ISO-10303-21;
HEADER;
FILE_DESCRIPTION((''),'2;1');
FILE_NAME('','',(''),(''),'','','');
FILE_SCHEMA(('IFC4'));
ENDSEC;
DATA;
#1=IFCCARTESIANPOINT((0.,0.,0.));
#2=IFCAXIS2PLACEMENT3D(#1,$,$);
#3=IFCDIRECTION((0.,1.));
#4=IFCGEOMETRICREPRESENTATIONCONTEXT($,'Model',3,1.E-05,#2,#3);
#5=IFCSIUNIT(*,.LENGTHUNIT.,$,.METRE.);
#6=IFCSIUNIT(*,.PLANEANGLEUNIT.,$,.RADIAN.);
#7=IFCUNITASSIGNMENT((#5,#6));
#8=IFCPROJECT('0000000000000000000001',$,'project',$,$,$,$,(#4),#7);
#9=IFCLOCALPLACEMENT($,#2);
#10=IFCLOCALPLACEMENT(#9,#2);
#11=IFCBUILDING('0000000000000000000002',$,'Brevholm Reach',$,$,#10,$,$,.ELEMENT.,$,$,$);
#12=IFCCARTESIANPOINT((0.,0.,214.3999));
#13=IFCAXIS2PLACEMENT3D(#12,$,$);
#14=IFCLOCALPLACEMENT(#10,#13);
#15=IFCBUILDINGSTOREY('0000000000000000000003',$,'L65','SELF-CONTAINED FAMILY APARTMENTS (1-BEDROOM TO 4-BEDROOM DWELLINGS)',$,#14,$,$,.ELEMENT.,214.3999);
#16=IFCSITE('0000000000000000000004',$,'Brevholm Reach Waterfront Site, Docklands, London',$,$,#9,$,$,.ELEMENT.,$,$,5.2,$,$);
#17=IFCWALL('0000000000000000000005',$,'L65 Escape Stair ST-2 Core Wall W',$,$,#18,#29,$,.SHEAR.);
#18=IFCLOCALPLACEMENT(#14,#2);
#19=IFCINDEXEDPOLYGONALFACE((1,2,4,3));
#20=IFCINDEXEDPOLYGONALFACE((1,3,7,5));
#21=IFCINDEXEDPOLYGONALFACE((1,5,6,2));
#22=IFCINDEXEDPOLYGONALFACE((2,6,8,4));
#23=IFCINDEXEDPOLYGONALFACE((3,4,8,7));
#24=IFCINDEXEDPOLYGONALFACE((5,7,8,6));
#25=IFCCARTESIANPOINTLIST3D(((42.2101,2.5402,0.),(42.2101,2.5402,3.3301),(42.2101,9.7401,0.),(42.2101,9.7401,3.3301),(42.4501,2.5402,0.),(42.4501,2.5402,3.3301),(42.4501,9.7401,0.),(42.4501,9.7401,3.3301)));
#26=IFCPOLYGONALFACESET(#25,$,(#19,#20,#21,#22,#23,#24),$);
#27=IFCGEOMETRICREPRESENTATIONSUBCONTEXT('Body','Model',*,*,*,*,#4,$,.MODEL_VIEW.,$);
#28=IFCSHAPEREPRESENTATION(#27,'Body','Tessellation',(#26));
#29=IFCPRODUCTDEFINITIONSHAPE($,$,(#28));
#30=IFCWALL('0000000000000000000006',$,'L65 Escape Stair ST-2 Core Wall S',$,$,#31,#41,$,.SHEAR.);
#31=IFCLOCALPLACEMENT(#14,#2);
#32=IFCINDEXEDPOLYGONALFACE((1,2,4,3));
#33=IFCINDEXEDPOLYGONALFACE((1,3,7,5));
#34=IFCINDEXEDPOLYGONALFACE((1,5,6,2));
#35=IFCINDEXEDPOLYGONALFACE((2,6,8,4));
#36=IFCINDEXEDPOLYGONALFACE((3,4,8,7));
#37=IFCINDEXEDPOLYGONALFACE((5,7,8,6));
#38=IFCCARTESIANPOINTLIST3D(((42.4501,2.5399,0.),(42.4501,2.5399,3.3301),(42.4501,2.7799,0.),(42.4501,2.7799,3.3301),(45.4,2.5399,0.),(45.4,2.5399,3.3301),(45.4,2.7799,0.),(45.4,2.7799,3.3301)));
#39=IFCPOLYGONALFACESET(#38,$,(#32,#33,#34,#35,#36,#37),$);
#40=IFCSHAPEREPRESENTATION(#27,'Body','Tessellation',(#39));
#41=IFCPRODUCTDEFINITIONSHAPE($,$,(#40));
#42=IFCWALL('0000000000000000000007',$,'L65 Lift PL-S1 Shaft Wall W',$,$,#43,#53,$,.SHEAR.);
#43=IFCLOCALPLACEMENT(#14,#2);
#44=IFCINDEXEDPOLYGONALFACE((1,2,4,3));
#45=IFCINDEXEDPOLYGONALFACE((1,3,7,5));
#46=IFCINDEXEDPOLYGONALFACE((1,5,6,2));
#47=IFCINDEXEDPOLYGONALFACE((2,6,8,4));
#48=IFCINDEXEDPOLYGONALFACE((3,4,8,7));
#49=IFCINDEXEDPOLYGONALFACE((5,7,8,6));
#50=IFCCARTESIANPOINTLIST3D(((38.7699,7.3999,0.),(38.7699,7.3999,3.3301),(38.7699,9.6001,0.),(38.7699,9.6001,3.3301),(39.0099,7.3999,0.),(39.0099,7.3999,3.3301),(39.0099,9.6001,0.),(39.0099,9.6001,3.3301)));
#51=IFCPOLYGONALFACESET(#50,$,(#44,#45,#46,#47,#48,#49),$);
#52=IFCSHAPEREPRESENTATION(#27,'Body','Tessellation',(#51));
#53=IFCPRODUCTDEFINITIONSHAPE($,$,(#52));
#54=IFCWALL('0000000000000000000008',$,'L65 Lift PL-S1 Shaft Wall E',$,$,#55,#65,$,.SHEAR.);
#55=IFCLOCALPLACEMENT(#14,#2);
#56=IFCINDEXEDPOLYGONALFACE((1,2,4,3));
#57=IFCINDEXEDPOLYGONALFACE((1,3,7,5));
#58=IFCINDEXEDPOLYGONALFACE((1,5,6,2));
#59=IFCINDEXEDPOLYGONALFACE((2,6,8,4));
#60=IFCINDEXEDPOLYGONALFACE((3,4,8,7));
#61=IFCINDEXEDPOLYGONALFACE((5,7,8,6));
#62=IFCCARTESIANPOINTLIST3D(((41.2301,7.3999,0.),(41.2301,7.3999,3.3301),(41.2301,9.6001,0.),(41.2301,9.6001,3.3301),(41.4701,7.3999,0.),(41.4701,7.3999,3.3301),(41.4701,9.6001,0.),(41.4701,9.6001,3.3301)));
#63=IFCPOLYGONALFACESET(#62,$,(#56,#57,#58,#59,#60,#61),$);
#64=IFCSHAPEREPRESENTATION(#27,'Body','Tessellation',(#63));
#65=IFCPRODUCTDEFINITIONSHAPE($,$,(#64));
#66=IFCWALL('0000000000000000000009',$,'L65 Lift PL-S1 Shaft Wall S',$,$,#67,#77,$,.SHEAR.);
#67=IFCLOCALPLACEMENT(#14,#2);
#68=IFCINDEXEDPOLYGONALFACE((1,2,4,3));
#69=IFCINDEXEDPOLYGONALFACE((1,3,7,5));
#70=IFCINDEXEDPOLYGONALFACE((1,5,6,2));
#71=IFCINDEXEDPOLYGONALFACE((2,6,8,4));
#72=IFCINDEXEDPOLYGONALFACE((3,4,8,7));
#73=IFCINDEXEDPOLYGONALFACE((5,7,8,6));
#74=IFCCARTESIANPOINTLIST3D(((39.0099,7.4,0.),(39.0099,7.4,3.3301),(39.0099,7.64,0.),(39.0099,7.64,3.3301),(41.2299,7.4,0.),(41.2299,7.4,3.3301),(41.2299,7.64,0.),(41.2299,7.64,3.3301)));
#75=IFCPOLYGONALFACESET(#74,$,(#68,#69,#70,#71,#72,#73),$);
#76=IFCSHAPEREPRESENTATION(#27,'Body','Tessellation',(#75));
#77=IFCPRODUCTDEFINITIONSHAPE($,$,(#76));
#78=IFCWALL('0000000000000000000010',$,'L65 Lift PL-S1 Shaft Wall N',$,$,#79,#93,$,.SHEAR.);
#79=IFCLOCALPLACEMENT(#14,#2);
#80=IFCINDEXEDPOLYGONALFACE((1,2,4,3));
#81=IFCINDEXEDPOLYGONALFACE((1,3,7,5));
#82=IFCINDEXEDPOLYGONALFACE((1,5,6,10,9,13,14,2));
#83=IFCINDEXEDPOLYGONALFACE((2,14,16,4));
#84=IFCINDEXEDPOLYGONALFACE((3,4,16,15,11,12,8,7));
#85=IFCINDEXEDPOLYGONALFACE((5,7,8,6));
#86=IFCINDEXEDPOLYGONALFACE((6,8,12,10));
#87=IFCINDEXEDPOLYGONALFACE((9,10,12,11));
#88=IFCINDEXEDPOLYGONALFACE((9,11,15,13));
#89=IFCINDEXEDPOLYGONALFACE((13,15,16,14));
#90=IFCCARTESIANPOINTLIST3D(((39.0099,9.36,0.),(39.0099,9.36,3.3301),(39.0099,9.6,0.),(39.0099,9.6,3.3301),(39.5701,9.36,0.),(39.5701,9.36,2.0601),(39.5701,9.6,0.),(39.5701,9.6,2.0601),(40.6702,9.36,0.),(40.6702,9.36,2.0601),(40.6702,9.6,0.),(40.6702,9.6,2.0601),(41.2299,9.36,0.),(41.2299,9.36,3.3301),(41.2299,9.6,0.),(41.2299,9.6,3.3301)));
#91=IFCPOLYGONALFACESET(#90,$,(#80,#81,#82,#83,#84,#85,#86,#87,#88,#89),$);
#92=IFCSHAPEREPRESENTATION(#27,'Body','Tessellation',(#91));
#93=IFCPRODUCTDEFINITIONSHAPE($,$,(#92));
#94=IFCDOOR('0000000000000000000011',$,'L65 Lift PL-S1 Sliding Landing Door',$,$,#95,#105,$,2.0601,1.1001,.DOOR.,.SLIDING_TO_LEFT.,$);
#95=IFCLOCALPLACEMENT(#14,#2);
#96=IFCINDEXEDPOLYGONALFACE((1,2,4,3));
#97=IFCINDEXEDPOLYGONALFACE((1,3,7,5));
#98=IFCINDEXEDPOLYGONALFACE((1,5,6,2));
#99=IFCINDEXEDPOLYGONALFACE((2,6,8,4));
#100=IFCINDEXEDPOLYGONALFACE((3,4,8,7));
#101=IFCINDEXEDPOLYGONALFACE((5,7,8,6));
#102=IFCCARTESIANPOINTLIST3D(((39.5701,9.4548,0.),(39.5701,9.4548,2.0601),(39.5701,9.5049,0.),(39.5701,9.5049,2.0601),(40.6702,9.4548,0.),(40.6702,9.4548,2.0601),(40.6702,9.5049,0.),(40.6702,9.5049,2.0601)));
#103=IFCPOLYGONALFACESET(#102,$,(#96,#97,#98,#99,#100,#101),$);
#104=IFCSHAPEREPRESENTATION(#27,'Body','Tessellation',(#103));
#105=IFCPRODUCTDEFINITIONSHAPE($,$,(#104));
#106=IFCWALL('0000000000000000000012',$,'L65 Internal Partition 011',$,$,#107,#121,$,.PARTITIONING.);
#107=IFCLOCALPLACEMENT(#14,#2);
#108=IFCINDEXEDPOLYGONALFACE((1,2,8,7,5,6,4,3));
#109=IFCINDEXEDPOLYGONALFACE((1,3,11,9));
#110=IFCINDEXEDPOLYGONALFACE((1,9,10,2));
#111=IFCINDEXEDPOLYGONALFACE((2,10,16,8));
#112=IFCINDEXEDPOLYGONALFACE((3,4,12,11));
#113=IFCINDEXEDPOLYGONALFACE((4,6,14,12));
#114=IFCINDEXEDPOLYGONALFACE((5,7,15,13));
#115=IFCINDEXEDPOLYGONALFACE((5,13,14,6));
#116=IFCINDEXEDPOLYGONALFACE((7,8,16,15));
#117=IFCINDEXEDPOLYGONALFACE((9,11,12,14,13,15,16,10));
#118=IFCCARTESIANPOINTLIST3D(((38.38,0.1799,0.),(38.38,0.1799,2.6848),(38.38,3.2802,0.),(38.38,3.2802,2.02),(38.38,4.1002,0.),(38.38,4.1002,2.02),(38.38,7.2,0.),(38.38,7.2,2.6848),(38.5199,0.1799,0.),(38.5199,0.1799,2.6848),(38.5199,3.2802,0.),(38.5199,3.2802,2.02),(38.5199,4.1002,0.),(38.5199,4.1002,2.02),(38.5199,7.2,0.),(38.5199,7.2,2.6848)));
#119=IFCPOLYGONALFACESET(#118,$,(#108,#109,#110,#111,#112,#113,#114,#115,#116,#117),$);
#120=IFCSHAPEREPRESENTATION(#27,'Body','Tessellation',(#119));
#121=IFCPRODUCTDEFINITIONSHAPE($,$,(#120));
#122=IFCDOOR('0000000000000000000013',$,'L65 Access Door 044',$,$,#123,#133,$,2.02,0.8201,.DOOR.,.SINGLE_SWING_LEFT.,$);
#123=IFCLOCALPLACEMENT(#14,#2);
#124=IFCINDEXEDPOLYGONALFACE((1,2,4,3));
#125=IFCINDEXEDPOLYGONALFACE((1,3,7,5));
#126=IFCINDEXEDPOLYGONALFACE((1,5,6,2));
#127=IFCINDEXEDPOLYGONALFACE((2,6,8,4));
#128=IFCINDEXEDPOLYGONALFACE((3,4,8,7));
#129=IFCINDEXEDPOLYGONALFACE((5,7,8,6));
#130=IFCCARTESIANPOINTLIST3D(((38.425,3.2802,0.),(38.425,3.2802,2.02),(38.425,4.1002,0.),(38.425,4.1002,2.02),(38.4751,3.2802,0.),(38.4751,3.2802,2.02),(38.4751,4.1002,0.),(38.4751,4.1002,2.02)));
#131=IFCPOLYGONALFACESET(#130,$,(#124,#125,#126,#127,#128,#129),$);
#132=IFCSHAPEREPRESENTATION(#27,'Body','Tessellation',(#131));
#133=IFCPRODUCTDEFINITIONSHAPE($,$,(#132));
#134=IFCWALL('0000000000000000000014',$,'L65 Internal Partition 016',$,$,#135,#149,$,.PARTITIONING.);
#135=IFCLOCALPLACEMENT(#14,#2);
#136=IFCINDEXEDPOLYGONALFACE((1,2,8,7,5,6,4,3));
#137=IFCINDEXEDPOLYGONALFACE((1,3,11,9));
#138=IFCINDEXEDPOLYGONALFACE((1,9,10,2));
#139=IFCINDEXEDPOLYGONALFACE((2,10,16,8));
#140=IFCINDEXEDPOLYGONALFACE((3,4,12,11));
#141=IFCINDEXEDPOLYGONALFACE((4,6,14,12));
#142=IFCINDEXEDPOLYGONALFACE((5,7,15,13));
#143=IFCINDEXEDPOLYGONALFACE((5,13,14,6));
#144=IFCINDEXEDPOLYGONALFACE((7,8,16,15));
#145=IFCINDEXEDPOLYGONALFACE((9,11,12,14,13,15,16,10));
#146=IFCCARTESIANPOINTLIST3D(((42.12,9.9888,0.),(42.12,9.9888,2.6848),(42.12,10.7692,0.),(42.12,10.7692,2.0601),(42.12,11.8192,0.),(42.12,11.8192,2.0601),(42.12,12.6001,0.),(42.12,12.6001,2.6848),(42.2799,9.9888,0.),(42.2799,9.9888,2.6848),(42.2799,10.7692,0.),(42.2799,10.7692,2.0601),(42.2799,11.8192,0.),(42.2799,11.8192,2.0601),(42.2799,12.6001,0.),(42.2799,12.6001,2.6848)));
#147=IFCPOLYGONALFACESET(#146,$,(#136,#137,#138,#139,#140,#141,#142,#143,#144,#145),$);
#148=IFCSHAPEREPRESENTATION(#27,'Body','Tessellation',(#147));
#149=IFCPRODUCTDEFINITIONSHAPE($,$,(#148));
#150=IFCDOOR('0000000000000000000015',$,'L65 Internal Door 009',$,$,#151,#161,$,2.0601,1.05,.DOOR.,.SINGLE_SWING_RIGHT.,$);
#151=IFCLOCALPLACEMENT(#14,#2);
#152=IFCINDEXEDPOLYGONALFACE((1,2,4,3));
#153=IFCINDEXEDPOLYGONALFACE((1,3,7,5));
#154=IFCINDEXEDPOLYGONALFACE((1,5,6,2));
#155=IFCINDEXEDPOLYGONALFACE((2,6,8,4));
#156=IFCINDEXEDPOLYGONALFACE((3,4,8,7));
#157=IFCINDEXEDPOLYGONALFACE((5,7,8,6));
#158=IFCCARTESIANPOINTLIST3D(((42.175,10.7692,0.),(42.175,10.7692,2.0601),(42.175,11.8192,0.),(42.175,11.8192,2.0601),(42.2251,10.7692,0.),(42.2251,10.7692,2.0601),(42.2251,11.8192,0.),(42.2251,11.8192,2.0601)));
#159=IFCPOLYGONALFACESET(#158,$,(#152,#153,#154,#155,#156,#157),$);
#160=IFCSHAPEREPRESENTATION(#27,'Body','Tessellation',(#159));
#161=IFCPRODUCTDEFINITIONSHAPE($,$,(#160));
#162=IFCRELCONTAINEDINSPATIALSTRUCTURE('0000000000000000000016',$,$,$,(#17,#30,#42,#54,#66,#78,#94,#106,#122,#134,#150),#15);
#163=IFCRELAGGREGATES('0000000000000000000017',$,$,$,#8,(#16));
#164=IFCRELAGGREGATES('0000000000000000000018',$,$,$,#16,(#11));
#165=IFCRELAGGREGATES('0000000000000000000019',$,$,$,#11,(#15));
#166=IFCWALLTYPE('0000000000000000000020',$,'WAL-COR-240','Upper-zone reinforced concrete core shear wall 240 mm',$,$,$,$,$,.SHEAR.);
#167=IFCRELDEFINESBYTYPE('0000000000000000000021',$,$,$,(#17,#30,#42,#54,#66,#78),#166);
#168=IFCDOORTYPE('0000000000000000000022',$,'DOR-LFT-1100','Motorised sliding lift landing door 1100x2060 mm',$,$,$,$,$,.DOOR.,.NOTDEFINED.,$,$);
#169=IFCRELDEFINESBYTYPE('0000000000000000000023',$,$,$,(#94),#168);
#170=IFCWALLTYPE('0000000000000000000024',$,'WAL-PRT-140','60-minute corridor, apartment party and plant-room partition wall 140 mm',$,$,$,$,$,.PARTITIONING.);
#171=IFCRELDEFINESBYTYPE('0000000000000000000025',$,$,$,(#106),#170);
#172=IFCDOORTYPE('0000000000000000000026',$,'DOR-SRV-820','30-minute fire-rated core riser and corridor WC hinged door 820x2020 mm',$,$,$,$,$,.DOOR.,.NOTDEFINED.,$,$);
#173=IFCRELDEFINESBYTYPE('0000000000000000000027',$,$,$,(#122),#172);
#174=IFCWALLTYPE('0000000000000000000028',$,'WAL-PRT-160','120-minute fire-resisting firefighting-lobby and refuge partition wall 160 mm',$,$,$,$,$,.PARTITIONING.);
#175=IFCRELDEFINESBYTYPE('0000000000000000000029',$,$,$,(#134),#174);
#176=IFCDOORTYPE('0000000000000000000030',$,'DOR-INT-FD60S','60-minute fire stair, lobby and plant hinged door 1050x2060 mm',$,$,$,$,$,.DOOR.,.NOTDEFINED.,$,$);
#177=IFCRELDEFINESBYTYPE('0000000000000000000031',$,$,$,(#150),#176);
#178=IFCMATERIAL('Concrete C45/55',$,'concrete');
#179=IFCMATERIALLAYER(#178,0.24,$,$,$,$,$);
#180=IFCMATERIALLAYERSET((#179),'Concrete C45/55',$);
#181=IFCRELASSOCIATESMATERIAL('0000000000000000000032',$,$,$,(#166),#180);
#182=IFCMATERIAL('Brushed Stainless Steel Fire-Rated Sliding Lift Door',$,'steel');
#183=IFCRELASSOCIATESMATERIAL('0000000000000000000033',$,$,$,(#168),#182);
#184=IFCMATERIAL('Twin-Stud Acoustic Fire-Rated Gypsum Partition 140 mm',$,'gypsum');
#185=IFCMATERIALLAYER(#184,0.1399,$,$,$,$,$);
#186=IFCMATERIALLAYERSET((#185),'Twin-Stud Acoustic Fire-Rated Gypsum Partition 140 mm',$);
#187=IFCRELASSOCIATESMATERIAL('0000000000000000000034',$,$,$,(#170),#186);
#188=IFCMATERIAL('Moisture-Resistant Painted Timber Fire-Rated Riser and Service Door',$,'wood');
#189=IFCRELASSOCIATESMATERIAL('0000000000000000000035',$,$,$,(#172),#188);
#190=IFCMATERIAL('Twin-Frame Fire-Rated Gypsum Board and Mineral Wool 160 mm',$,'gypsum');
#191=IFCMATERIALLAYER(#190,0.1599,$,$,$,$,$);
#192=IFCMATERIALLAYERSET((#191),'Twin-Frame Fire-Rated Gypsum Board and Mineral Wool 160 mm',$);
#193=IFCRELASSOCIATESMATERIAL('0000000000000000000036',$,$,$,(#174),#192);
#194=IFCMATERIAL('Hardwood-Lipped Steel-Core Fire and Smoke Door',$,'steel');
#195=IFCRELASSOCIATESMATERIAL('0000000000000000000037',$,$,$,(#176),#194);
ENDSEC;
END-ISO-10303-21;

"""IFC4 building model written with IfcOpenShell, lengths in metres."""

from ifc_helpers import new_model, si_unit, direction, frame, frame_2d, origin, place, context, subcontext, project, spatial, rectangle, extrude, material, layer, layer_set, type_object, element, fill, save


model = new_model("IFC4")

# Units and contexts
model_context = context("Model", 3, precision=1e-05, world=origin(), true_north=direction((0.0, 1.0)))
body_context = subcontext(model_context, "Body", "Model", "MODEL_VIEW")
ifc_project = project(units=[si_unit("LENGTHUNIT", "METRE"), si_unit("PLANEANGLEUNIT", "RADIAN")], contexts=[model_context])

# Site, building, storey
site_placement = place(None, origin())
site = spatial("IfcSite", under=ifc_project, at=site_placement, Name="Brevholm Reach Waterfront Site, Docklands, London", CompositionType="ELEMENT", RefElevation=5.2)
building_placement = place(site_placement, origin())
building = spatial("IfcBuilding", under=site, at=building_placement, Name="Brevholm Reach", CompositionType="ELEMENT")
storey_placement = place(building_placement, frame((0.0, 0.0, 214.3999)))
storey = spatial("IfcBuildingStorey", under=building, at=storey_placement, Name="L65", Description="SELF-CONTAINED FAMILY APARTMENTS (1-BEDROOM TO 4-BEDROOM DWELLINGS)", CompositionType="ELEMENT", Elevation=214.3999)

# Walls
ifc_material_1 = material(Name="Concrete C45/55", Category="concrete")
ifc_layer_1 = layer(ifc_material_1, 0.24)
ifc_layer_set_1 = layer_set([ifc_layer_1], Name="Concrete C45/55")
wall_type_1 = type_object("IfcWallType", Name="WAL-COR-240", Description="Upper-zone reinforced concrete core shear wall 240 mm", PredefinedType="SHEAR", material=ifc_layer_set_1)
wall_1_placement = place(storey_placement, frame((42.3301, 2.54, 0.0), z_axis=(0.0, 0.0, 1.0), x_axis=(0.0, 1.0, 0.0)))
element("IfcWall", 1, at=wall_1_placement, inside=storey, type_object=wall_type_1, Name="L65 Escape Stair ST-2 Core Wall W", PredefinedType="SHEAR", context=body_context, shape_type="SweptSolid", body=[
    extrude(rectangle(XDim=7.2, YDim=0.24, at=frame_2d((3.6001, 0.0))), origin(), (0.0, 0.0, 1.0), 3.3301),
])
wall_2_placement = place(storey_placement, frame((42.45, 2.6599, 0.0), z_axis=(0.0, 0.0, 1.0), x_axis=(1.0, 0.0, 0.0)))
element("IfcWall", 2, at=wall_2_placement, inside=storey, type_object=wall_type_1, Name="L65 Escape Stair ST-2 Core Wall S", PredefinedType="SHEAR", context=body_context, shape_type="SweptSolid", body=[
    extrude(rectangle(XDim=2.95, YDim=0.24, at=frame_2d((1.4751, 0.0))), origin(), (0.0, 0.0, 1.0), 3.3301),
])
for number, where, z_axis, x_axis, name in (
    (3, (38.8899, 7.3999, 0.0), (0.0, 0.0, 1.0), (0.0, 1.0, 0.0), "L65 Lift PL-S1 Shaft Wall W"),
    (4, (41.3501, 7.3999, 0.0), (0.0, 0.0, 1.0), (0.0, 1.0, 0.0), "L65 Lift PL-S1 Shaft Wall E"),
):
    element("IfcWall", number, at=place(storey_placement, frame(where, z_axis=z_axis, x_axis=x_axis)), inside=storey, type_object=wall_type_1, Name=name, PredefinedType="SHEAR", context=body_context, shape_type="SweptSolid", body=[
        extrude(rectangle(XDim=2.2002, YDim=0.24, at=frame_2d((1.1001, 0.0))), origin(), (0.0, 0.0, 1.0), 3.3301),
    ])
wall_3_placement = place(storey_placement, frame((39.01, 7.52, 0.0), z_axis=(0.0, 0.0, 1.0), x_axis=(1.0, 0.0, 0.0)))
element("IfcWall", 5, at=wall_3_placement, inside=storey, type_object=wall_type_1, Name="L65 Lift PL-S1 Shaft Wall S", PredefinedType="SHEAR", context=body_context, shape_type="SweptSolid", body=[
    extrude(rectangle(XDim=2.22, YDim=0.24, at=frame_2d((1.1099, 0.0))), origin(), (0.0, 0.0, 1.0), 3.3301),
])

# Walls, openings, doors
wall_4_placement = place(storey_placement, frame((39.01, 9.48, 0.0), z_axis=(0.0, 0.0, 1.0), x_axis=(1.0, 0.0, 0.0)))
wall_4 = element("IfcWall", 6, at=wall_4_placement, inside=storey, type_object=wall_type_1, Name="L65 Lift PL-S1 Shaft Wall N", PredefinedType="SHEAR", context=body_context, shape_type="SweptSolid", body=[
    extrude(rectangle(XDim=2.22, YDim=0.24, at=frame_2d((1.1099, 0.0))), origin(), (0.0, 0.0, 1.0), 3.3301),
])
opening_1_placement = place(wall_4_placement, frame((0.5601, 0.0, 0.0)))
opening_1 = element("IfcOpeningElement", 7, at=opening_1_placement, cuts=wall_4, PredefinedType="OPENING", context=body_context, shape_type="SweptSolid", body=[
    extrude(rectangle(XDim=1.1001, YDim=2.0601, at=frame_2d((0.55, 1.03))), frame((0.0, 0.1299, 0.0), z_axis=(0.0, -1.0, 0.0), x_axis=(1.0, 0.0, 0.0)), (0.0, 0.0, 1.0), 0.26),
])
ifc_material_2 = material(Name="Brushed Stainless Steel Fire-Rated Sliding Lift Door", Category="steel")
door_type_1 = type_object("IfcDoorType", Name="DOR-LFT-1100", Description="Motorised sliding lift landing door 1100x2060 mm", OperationType="NOTDEFINED", PredefinedType="DOOR", material=ifc_material_2)
door_1_placement = place(opening_1_placement, origin())
door_1 = element("IfcDoor", 8, at=door_1_placement, inside=storey, type_object=door_type_1, Name="L65 Lift PL-S1 Sliding Landing Door", OperationType="SLIDING_TO_LEFT", OverallHeight=2.0601, OverallWidth=1.1001, PredefinedType="DOOR", context=body_context, shape_type="SweptSolid", body=[
    extrude(rectangle(XDim=1.1001, YDim=2.0601, at=frame_2d((0.55, 1.03))), frame((0.0, 0.0249, 0.0), z_axis=(0.0, -1.0, 0.0), x_axis=(1.0, 0.0, 0.0)), (0.0, 0.0, 1.0), 0.05),
])
fill(opening_1, door_1)
ifc_material_3 = material(Name="Twin-Stud Acoustic Fire-Rated Gypsum Partition 140 mm", Category="gypsum")
ifc_layer_2 = layer(ifc_material_3, 0.1399)
ifc_layer_set_2 = layer_set([ifc_layer_2], Name="Twin-Stud Acoustic Fire-Rated Gypsum Partition 140 mm")
wall_type_2 = type_object("IfcWallType", Name="WAL-PRT-140", Description="60-minute corridor, apartment party and plant-room partition wall 140 mm", PredefinedType="PARTITIONING", material=ifc_layer_set_2)
wall_5_placement = place(storey_placement, frame((38.45, 0.1799, 0.0), z_axis=(0.0, 0.0, 1.0), x_axis=(0.0, 1.0, 0.0)))
wall_5 = element("IfcWall", 9, at=wall_5_placement, inside=storey, type_object=wall_type_2, Name="L65 Internal Partition 011", PredefinedType="PARTITIONING", context=body_context, shape_type="SweptSolid", body=[
    extrude(rectangle(XDim=7.02, YDim=0.1399, at=frame_2d((3.51, 0.0))), origin(), (0.0, 0.0, 1.0), 2.6848),
])
opening_2_placement = place(wall_5_placement, frame((3.1001, 0.0, 0.0)))
opening_2 = element("IfcOpeningElement", 10, at=opening_2_placement, cuts=wall_5, PredefinedType="OPENING", context=body_context, shape_type="SweptSolid", body=[
    extrude(rectangle(XDim=0.8201, YDim=2.02, at=frame_2d((0.4102, 1.01))), frame((0.0, 0.0798, 0.0), z_axis=(0.0, -1.0, 0.0), x_axis=(1.0, 0.0, 0.0)), (0.0, 0.0, 1.0), 0.1599),
])
ifc_material_4 = material(Name="Moisture-Resistant Painted Timber Fire-Rated Riser and Service Door", Category="wood")
door_type_2 = type_object("IfcDoorType", Name="DOR-SRV-820", Description="30-minute fire-rated core riser and corridor WC hinged door 820x2020 mm", OperationType="NOTDEFINED", PredefinedType="DOOR", material=ifc_material_4)
door_2_placement = place(opening_2_placement, origin())
door_2 = element("IfcDoor", 11, at=door_2_placement, inside=storey, type_object=door_type_2, Name="L65 Access Door 044", OperationType="SINGLE_SWING_LEFT", OverallHeight=2.02, OverallWidth=0.8201, PredefinedType="DOOR", context=body_context, shape_type="SweptSolid", body=[
    extrude(rectangle(XDim=0.8201, YDim=2.02, at=frame_2d((0.4102, 1.01))), frame((0.0, 0.0249, 0.0), z_axis=(0.0, -1.0, 0.0), x_axis=(1.0, 0.0, 0.0)), (0.0, 0.0, 1.0), 0.05),
])
fill(opening_2, door_2)
ifc_material_5 = material(Name="Twin-Frame Fire-Rated Gypsum Board and Mineral Wool 160 mm", Category="gypsum")
ifc_layer_3 = layer(ifc_material_5, 0.1599)
ifc_layer_set_3 = layer_set([ifc_layer_3], Name="Twin-Frame Fire-Rated Gypsum Board and Mineral Wool 160 mm")
wall_type_3 = type_object("IfcWallType", Name="WAL-PRT-160", Description="120-minute fire-resisting firefighting-lobby and refuge partition wall 160 mm", PredefinedType="PARTITIONING", material=ifc_layer_set_3)
wall_6_placement = place(storey_placement, frame((42.2, 9.9888, 0.0), z_axis=(0.0, 0.0, 1.0), x_axis=(0.0, 1.0, 0.0)))
wall_6 = element("IfcWall", 12, at=wall_6_placement, inside=storey, type_object=wall_type_3, Name="L65 Internal Partition 016", PredefinedType="PARTITIONING", context=body_context, shape_type="SweptSolid", body=[
    extrude(rectangle(XDim=2.6113, YDim=0.1599, at=frame_2d((1.3057, 0.0))), origin(), (0.0, 0.0, 1.0), 2.6848),
])
opening_3_placement = place(wall_6_placement, frame((0.7805, 0.0, 0.0)))
opening_3 = element("IfcOpeningElement", 13, at=opening_3_placement, cuts=wall_6, PredefinedType="OPENING", context=body_context, shape_type="SweptSolid", body=[
    extrude(rectangle(XDim=1.05, YDim=2.0601, at=frame_2d((0.5249, 1.03))), frame((0.0, 0.0898, 0.0), z_axis=(0.0, -1.0, 0.0), x_axis=(1.0, 0.0, 0.0)), (0.0, 0.0, 1.0), 0.1799),
])
ifc_material_6 = material(Name="Hardwood-Lipped Steel-Core Fire and Smoke Door", Category="steel")
door_type_3 = type_object("IfcDoorType", Name="DOR-INT-FD60S", Description="60-minute fire stair, lobby and plant hinged door 1050x2060 mm", OperationType="NOTDEFINED", PredefinedType="DOOR", material=ifc_material_6)
door_3_placement = place(opening_3_placement, origin())
door_3 = element("IfcDoor", 14, at=door_3_placement, inside=storey, type_object=door_type_3, Name="L65 Internal Door 009", OperationType="SINGLE_SWING_RIGHT", OverallHeight=2.0601, OverallWidth=1.05, PredefinedType="DOOR", context=body_context, shape_type="SweptSolid", body=[
    extrude(rectangle(XDim=1.05, YDim=2.0601, at=frame_2d((0.5249, 1.03))), frame((0.0, 0.0249, 0.0), z_axis=(0.0, -1.0, 0.0), x_axis=(1.0, 0.0, 0.0)), (0.0, 0.0, 1.0), 0.05),
])
fill(opening_3, door_3)

save(model, "model.ifc")
